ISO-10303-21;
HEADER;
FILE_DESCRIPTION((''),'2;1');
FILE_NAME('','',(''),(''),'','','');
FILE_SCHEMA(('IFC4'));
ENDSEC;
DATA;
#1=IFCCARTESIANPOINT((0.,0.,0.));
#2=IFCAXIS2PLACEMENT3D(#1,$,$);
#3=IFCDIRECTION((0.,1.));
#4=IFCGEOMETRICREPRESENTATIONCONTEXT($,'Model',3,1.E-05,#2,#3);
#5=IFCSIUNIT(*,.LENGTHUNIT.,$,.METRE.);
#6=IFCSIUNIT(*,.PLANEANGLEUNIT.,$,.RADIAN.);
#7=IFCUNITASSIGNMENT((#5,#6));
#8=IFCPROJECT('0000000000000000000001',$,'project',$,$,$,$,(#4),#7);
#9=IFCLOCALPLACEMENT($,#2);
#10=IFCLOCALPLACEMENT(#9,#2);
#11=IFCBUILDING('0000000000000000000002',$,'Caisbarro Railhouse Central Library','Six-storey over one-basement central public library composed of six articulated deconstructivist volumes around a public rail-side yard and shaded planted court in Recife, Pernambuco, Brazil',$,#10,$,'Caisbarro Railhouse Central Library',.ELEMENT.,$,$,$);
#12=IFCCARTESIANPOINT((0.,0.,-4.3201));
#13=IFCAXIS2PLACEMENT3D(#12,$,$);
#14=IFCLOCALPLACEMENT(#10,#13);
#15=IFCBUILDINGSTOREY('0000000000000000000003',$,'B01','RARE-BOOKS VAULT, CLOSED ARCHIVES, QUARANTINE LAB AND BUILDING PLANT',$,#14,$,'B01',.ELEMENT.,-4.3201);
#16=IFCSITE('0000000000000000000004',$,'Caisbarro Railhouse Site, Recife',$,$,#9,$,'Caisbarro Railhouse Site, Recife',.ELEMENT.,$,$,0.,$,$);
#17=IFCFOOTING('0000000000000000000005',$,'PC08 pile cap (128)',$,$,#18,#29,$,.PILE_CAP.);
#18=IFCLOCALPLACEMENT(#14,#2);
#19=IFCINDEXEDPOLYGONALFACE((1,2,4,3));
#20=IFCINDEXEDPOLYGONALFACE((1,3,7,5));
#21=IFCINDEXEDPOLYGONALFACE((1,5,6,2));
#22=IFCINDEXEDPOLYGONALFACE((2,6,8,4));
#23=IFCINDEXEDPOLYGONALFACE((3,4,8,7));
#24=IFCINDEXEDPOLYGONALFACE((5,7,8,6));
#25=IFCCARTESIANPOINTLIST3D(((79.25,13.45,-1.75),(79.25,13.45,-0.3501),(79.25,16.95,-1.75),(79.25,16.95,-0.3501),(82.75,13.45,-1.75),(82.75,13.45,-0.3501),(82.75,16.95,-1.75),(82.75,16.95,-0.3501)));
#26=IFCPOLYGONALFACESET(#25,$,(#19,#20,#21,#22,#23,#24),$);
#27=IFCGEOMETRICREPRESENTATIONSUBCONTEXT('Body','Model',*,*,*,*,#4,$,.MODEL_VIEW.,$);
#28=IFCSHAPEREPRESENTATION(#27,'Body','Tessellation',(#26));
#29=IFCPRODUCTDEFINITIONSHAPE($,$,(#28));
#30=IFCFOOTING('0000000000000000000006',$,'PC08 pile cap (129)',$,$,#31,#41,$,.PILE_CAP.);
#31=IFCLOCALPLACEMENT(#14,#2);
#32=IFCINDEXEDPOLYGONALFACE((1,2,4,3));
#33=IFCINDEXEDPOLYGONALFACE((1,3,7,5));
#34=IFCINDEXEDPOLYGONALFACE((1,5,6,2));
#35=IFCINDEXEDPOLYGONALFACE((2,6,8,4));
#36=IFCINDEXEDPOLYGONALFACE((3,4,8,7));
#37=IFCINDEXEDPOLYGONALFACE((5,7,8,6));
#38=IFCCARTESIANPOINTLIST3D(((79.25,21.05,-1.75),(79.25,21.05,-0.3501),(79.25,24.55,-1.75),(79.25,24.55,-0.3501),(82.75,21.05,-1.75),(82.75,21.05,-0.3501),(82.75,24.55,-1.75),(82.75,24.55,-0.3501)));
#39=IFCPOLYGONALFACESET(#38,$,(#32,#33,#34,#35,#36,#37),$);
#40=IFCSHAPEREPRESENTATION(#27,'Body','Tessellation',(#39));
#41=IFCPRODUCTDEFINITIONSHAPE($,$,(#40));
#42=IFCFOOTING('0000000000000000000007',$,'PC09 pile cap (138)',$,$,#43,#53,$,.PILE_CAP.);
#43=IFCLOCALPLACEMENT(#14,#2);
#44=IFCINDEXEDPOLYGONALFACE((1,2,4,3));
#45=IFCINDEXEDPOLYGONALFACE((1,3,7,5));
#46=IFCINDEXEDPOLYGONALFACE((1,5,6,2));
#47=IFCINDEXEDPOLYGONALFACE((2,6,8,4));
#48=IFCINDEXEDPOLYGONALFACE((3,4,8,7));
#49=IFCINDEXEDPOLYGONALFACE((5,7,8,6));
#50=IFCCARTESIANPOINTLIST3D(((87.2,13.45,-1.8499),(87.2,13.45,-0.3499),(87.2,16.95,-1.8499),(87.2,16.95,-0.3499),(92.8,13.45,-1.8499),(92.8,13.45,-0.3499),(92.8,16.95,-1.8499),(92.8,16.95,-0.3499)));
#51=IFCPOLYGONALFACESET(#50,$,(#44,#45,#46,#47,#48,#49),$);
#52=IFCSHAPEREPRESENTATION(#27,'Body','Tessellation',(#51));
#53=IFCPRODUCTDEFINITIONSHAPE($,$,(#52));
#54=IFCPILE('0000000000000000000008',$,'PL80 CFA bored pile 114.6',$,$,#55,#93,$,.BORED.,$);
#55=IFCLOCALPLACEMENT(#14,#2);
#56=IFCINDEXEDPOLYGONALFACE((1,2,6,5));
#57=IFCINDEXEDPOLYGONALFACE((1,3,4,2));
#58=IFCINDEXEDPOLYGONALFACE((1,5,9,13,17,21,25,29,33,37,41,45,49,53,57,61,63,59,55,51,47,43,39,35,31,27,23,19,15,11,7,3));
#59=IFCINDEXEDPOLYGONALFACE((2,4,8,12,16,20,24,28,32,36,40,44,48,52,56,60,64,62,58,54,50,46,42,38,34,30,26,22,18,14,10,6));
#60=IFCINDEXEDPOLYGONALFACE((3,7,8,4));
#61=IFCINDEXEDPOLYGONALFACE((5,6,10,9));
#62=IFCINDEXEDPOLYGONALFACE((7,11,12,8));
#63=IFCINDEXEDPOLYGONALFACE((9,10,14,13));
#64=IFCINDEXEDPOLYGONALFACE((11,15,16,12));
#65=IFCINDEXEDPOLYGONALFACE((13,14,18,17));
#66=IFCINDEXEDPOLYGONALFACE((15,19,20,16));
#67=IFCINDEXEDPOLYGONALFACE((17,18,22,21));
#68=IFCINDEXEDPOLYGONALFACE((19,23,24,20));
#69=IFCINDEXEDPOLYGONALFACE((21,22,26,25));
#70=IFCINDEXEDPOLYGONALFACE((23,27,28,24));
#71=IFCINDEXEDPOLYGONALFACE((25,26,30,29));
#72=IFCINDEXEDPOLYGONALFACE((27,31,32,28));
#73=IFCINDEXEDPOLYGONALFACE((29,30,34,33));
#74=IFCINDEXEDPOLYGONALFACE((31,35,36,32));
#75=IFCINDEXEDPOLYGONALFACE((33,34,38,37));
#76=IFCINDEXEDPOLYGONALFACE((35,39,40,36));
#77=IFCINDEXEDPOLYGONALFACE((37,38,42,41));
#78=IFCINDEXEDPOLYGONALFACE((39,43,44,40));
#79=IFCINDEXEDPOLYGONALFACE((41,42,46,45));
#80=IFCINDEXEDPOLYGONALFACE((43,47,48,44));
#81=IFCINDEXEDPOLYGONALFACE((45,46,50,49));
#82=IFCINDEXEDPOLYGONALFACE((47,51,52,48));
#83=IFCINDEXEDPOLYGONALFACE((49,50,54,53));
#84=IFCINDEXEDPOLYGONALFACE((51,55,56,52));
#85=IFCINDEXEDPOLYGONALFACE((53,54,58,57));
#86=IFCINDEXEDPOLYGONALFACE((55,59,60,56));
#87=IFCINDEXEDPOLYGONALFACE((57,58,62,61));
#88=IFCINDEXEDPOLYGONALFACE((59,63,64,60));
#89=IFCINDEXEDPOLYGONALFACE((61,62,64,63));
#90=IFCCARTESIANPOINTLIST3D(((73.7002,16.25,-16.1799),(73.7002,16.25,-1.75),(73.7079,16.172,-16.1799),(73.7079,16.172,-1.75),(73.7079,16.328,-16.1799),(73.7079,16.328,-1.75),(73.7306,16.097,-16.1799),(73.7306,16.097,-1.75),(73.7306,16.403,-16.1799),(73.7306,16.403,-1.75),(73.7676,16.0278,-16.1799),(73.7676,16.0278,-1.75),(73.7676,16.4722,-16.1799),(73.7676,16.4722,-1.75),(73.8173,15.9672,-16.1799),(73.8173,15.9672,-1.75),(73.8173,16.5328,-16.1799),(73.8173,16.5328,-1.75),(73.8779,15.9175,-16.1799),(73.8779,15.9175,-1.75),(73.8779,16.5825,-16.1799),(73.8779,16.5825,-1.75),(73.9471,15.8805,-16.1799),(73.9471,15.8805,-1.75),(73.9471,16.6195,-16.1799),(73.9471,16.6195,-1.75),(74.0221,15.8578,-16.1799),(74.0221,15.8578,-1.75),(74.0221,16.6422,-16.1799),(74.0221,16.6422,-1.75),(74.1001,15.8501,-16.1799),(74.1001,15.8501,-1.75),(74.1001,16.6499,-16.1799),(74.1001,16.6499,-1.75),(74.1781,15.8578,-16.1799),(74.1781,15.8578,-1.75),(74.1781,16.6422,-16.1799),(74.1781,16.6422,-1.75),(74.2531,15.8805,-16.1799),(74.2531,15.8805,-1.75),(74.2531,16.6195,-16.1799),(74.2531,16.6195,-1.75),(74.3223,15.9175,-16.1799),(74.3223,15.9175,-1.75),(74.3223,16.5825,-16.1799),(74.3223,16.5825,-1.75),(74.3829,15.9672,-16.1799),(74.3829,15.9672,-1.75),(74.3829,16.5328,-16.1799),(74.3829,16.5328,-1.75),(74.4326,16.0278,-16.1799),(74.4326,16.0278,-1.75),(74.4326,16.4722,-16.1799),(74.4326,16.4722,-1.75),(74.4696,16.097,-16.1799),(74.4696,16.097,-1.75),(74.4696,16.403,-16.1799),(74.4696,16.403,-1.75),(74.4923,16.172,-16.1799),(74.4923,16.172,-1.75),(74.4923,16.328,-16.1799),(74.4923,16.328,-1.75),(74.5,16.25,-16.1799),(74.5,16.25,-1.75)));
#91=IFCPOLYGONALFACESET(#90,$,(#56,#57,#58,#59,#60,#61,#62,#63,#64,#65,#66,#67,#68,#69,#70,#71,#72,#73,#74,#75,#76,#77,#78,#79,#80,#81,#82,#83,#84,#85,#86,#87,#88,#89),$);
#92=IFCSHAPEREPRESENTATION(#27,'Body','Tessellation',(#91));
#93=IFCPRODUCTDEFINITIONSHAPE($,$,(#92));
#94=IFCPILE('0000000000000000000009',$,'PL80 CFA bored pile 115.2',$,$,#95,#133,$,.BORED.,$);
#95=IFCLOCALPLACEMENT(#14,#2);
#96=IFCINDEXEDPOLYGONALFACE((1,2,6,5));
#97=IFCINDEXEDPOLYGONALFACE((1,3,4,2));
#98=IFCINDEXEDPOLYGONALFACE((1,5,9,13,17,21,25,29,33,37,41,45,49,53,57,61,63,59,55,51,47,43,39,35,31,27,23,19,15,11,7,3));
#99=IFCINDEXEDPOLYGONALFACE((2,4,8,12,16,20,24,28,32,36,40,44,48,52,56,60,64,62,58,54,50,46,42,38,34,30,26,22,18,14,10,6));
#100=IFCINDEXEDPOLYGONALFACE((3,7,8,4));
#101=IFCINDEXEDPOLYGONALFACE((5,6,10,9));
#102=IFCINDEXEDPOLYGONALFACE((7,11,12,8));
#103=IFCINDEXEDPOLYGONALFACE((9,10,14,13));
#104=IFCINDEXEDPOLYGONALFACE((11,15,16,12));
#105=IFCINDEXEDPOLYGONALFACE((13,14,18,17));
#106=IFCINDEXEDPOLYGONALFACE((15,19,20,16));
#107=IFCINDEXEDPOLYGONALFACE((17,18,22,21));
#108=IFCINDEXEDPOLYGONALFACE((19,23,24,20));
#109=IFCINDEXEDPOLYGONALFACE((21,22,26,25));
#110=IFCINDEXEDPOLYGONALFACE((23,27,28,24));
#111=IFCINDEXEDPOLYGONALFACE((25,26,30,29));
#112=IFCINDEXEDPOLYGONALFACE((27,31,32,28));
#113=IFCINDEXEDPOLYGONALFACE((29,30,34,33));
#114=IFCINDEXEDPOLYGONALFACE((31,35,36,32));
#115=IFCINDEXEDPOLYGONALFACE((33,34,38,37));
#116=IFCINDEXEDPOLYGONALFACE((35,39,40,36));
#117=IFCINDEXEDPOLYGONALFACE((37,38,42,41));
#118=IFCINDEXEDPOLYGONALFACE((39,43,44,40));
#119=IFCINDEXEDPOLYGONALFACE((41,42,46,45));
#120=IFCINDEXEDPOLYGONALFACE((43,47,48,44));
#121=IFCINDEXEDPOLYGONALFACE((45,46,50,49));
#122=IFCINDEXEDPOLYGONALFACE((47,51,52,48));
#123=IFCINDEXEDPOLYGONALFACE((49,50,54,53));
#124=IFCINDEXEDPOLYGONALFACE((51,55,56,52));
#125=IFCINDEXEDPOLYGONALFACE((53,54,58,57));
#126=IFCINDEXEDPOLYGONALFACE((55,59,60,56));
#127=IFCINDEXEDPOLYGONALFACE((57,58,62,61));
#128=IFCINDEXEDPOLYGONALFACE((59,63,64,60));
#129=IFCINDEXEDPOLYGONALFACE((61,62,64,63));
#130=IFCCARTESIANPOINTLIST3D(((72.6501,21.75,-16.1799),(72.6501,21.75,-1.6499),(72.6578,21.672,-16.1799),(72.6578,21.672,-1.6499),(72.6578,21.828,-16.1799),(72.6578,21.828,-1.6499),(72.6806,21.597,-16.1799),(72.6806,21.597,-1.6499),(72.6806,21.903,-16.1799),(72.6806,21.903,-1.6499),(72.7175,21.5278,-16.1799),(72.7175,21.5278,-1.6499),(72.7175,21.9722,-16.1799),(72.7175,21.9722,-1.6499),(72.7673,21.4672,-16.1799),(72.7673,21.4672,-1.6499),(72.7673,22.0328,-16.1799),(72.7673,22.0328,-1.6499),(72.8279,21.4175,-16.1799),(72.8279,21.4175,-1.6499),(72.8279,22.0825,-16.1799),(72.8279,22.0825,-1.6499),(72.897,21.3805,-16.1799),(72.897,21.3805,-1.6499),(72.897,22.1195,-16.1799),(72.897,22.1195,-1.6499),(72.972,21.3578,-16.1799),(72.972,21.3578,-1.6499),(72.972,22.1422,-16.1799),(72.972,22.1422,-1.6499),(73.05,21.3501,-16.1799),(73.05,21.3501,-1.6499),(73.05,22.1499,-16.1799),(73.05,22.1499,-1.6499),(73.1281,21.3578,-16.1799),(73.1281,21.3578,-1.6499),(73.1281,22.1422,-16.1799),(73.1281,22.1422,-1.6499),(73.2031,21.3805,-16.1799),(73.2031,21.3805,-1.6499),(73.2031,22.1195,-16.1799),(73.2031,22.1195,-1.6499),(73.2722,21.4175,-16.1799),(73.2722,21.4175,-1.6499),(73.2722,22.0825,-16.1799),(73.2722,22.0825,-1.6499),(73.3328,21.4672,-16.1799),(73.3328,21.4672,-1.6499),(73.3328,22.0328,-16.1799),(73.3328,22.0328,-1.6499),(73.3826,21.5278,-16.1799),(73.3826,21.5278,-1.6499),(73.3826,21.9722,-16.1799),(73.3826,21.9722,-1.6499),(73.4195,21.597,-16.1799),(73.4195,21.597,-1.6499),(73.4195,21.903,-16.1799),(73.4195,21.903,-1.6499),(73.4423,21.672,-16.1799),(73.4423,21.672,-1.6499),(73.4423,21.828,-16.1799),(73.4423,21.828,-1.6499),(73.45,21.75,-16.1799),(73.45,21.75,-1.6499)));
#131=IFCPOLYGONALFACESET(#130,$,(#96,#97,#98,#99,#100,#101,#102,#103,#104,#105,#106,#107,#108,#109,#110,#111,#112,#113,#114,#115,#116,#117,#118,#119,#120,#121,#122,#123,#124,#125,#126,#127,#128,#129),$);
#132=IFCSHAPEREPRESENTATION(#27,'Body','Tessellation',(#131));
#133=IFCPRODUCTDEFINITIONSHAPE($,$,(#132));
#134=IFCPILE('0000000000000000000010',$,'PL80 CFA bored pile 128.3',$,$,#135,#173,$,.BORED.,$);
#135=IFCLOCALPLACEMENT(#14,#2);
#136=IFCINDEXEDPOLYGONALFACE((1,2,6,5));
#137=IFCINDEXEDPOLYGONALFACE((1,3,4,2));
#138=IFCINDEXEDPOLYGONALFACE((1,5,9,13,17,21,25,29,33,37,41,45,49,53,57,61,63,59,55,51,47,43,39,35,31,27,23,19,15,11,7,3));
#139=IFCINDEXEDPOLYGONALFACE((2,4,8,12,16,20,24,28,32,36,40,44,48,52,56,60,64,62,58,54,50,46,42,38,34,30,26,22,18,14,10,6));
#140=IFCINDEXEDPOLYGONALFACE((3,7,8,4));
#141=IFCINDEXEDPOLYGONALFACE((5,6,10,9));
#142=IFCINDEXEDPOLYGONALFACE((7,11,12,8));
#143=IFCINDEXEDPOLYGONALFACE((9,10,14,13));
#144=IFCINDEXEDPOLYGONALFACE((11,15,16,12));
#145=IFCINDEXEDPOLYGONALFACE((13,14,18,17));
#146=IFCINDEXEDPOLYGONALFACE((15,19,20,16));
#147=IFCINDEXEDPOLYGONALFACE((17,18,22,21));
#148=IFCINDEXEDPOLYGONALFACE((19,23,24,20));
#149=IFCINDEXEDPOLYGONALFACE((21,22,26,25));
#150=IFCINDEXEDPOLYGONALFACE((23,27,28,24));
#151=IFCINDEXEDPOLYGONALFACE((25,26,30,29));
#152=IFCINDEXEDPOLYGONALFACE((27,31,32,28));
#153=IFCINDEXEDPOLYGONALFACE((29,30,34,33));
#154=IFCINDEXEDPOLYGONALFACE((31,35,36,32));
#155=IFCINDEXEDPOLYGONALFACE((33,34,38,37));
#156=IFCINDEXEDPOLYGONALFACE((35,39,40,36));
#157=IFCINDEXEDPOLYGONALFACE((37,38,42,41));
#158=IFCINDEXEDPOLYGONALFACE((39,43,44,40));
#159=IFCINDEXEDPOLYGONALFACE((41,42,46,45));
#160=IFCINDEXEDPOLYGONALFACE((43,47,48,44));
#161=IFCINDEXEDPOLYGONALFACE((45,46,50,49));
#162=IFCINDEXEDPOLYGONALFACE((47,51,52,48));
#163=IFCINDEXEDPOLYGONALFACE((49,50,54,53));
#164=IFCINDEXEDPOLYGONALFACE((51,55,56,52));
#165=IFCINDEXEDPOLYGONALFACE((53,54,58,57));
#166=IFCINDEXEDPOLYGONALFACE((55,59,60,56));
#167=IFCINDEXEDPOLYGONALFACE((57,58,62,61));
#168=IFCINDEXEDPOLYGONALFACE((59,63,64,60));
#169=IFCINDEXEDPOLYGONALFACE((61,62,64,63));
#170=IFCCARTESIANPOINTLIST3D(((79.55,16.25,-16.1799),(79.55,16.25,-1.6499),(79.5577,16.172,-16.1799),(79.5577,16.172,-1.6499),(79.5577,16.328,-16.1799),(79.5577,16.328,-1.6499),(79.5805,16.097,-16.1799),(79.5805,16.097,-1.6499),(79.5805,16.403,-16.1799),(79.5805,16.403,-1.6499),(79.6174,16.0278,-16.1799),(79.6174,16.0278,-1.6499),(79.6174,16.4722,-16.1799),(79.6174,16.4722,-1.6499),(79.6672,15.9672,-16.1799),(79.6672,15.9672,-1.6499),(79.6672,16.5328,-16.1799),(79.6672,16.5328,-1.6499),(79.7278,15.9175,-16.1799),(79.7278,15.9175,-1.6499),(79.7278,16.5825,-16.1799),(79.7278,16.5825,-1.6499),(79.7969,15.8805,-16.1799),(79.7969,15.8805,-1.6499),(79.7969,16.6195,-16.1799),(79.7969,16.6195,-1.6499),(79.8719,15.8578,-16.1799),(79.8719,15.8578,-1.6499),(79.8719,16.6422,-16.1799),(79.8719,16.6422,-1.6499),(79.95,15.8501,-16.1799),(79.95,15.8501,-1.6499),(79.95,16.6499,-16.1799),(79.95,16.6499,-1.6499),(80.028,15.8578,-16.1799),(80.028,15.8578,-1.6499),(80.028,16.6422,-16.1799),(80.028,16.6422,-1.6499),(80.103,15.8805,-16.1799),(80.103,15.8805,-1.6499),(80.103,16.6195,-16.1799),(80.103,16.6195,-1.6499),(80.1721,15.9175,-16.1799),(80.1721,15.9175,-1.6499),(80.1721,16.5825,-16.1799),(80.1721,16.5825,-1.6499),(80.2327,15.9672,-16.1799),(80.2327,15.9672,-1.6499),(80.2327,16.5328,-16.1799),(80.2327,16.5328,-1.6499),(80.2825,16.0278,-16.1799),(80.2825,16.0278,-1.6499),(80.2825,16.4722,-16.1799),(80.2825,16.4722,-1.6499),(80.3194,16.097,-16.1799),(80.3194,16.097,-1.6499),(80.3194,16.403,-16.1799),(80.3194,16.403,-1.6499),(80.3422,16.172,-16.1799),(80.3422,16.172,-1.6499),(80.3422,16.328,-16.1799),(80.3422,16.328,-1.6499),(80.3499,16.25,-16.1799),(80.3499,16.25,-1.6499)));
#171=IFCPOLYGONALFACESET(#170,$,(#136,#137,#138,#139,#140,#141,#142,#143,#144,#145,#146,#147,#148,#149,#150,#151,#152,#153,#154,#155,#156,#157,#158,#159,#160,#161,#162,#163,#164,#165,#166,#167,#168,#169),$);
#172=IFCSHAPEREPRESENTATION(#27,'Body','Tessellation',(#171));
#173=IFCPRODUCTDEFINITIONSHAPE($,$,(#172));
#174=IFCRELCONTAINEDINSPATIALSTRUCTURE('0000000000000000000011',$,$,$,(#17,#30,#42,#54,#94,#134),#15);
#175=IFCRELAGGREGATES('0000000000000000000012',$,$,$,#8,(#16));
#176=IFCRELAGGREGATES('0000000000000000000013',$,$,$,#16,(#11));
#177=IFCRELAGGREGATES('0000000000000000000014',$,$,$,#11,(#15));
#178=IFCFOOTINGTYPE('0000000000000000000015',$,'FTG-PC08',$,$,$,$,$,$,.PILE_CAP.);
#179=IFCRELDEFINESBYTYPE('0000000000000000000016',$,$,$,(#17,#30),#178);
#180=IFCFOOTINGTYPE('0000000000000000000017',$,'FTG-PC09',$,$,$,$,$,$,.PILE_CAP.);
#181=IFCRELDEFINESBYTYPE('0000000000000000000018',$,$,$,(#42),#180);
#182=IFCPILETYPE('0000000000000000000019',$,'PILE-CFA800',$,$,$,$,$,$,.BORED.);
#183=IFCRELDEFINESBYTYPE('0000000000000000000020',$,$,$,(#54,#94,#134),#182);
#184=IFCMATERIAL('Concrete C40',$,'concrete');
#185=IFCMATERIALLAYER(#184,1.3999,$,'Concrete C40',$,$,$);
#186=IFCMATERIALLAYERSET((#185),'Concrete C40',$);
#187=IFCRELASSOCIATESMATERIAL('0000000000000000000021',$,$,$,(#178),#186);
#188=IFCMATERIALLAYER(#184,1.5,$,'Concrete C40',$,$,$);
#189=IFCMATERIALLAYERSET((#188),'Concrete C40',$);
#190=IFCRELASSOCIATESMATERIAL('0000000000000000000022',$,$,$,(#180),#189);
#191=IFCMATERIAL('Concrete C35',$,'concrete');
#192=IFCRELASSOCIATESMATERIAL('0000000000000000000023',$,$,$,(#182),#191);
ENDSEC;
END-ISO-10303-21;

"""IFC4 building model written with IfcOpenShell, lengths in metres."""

from ifc_helpers import new_model, si_unit, direction, frame, origin, origin_2d, place, context, subcontext, project, spatial, rectangle, circle, extrude, material, layer, layer_set, material_profile, profile_set, type_object, element, save


model = new_model("IFC4")

# Units and contexts
model_context = context("Model", 3, precision=1e-05, world=origin(), true_north=direction((0.0, 1.0)))
body_context = subcontext(model_context, "Body", "Model", "MODEL_VIEW")
ifc_project = project(units=[si_unit("LENGTHUNIT", "METRE"), si_unit("PLANEANGLEUNIT", "RADIAN")], contexts=[model_context])

# Site, building, storey
site_placement = place(None, origin())
site = spatial("IfcSite", under=ifc_project, at=site_placement, Name="Caisbarro Railhouse Site, Recife", LongName="Caisbarro Railhouse Site, Recife", CompositionType="ELEMENT", RefElevation=0.0)
building_placement = place(site_placement, origin())
building = spatial("IfcBuilding", under=site, at=building_placement, Name="Caisbarro Railhouse Central Library", Description="Six-storey over one-basement central public library composed of six articulated deconstructivist volumes around a public rail-side yard and shaded planted court in Recife, Pernambuco, Brazil", LongName="Caisbarro Railhouse Central Library", CompositionType="ELEMENT")
storey_placement = place(building_placement, frame((0.0, 0.0, -4.3201)))
storey = spatial("IfcBuildingStorey", under=building, at=storey_placement, Name="B01", Description="RARE-BOOKS VAULT, CLOSED ARCHIVES, QUARANTINE LAB AND BUILDING PLANT", LongName="B01", CompositionType="ELEMENT", Elevation=-4.3201)

# Footings
ifc_material_1 = material(Name="Concrete C40", Category="concrete")
ifc_layer_1 = layer(ifc_material_1, 1.3999, Name="Concrete C40")
ifc_layer_set_1 = layer_set([ifc_layer_1], Name="Concrete C40")
footing_type_1 = type_object("IfcFootingType", Name="FTG-PC08", PredefinedType="PILE_CAP", material=ifc_layer_set_1)
for number, where, z_axis, x_axis, name in (
    (1, (81.0, 15.2, -1.75), (0.0, 0.0, 1.0), (1.0, 0.0, 0.0), "PC08 pile cap (128)"),
    (2, (81.0, 22.8, -1.75), (0.0, 0.0, 1.0), (1.0, 0.0, 0.0), "PC08 pile cap (129)"),
):
    element("IfcFooting", number, at=place(storey_placement, frame(where, z_axis=z_axis, x_axis=x_axis)), inside=storey, type_object=footing_type_1, Name=name, PredefinedType="PILE_CAP", context=body_context, shape_type="SweptSolid", body=[
        extrude(rectangle(XDim=3.5, YDim=3.5, at=origin_2d()), origin(), (0.0, 0.0, 1.0), 1.3999),
    ])
ifc_layer_2 = layer(ifc_material_1, 1.5, Name="Concrete C40")
ifc_layer_set_2 = layer_set([ifc_layer_2], Name="Concrete C40")
footing_type_2 = type_object("IfcFootingType", Name="FTG-PC09", PredefinedType="PILE_CAP", material=ifc_layer_set_2)
footing_placement = place(storey_placement, frame((90.0, 15.2, -1.8499), z_axis=(0.0, 0.0, 1.0), x_axis=(1.0, 0.0, 0.0)))
element("IfcFooting", 3, at=footing_placement, inside=storey, type_object=footing_type_2, Name="PC09 pile cap (138)", PredefinedType="PILE_CAP", context=body_context, shape_type="SweptSolid", body=[
    extrude(rectangle(XDim=5.6001, YDim=3.5, at=origin_2d()), origin(), (0.0, 0.0, 1.0), 1.5),
])

# Piles
ifc_material_2 = material(Name="Concrete C35", Category="concrete")
ifc_material_profile_1 = material_profile(ifc_material_2, circle(Radius=0.3999, at=origin_2d()), Name="PILE-CFA-800")
ifc_profile_set_1 = profile_set([ifc_material_profile_1], Name="Concrete C35")
pile_type = type_object("IfcPileType", Name="PILE-CFA800", PredefinedType="BORED", material=ifc_profile_set_1)
pile_1_placement = place(storey_placement, frame((74.1001, 16.25, -1.75), z_axis=(0.0, 0.0, -1.0), x_axis=(1.0, 0.0, 0.0)))
element("IfcPile", 4, at=pile_1_placement, inside=storey, type_object=pile_type, Name="PL80 CFA bored pile 114.6", PredefinedType="BORED", context=body_context, shape_type="SweptSolid", body=[
    extrude(circle(Radius=0.3999, at=origin_2d()), origin(), (0.0, 0.0, 1.0), 14.4299),
])
for number, where, z_axis, x_axis, name in (
    (5, (73.05, 21.75, -1.6499), (0.0, 0.0, -1.0), (1.0, 0.0, 0.0), "PL80 CFA bored pile 115.2"),
    (6, (79.95, 16.25, -1.6499), (0.0, 0.0, -1.0), (1.0, 0.0, 0.0), "PL80 CFA bored pile 128.3"),
):
    element("IfcPile", number, at=place(storey_placement, frame(where, z_axis=z_axis, x_axis=x_axis)), inside=storey, type_object=pile_type, Name=name, PredefinedType="BORED", context=body_context, shape_type="SweptSolid", body=[
        extrude(circle(Radius=0.3999, at=origin_2d()), origin(), (0.0, 0.0, 1.0), 14.53),
    ])

save(model, "model.ifc")
